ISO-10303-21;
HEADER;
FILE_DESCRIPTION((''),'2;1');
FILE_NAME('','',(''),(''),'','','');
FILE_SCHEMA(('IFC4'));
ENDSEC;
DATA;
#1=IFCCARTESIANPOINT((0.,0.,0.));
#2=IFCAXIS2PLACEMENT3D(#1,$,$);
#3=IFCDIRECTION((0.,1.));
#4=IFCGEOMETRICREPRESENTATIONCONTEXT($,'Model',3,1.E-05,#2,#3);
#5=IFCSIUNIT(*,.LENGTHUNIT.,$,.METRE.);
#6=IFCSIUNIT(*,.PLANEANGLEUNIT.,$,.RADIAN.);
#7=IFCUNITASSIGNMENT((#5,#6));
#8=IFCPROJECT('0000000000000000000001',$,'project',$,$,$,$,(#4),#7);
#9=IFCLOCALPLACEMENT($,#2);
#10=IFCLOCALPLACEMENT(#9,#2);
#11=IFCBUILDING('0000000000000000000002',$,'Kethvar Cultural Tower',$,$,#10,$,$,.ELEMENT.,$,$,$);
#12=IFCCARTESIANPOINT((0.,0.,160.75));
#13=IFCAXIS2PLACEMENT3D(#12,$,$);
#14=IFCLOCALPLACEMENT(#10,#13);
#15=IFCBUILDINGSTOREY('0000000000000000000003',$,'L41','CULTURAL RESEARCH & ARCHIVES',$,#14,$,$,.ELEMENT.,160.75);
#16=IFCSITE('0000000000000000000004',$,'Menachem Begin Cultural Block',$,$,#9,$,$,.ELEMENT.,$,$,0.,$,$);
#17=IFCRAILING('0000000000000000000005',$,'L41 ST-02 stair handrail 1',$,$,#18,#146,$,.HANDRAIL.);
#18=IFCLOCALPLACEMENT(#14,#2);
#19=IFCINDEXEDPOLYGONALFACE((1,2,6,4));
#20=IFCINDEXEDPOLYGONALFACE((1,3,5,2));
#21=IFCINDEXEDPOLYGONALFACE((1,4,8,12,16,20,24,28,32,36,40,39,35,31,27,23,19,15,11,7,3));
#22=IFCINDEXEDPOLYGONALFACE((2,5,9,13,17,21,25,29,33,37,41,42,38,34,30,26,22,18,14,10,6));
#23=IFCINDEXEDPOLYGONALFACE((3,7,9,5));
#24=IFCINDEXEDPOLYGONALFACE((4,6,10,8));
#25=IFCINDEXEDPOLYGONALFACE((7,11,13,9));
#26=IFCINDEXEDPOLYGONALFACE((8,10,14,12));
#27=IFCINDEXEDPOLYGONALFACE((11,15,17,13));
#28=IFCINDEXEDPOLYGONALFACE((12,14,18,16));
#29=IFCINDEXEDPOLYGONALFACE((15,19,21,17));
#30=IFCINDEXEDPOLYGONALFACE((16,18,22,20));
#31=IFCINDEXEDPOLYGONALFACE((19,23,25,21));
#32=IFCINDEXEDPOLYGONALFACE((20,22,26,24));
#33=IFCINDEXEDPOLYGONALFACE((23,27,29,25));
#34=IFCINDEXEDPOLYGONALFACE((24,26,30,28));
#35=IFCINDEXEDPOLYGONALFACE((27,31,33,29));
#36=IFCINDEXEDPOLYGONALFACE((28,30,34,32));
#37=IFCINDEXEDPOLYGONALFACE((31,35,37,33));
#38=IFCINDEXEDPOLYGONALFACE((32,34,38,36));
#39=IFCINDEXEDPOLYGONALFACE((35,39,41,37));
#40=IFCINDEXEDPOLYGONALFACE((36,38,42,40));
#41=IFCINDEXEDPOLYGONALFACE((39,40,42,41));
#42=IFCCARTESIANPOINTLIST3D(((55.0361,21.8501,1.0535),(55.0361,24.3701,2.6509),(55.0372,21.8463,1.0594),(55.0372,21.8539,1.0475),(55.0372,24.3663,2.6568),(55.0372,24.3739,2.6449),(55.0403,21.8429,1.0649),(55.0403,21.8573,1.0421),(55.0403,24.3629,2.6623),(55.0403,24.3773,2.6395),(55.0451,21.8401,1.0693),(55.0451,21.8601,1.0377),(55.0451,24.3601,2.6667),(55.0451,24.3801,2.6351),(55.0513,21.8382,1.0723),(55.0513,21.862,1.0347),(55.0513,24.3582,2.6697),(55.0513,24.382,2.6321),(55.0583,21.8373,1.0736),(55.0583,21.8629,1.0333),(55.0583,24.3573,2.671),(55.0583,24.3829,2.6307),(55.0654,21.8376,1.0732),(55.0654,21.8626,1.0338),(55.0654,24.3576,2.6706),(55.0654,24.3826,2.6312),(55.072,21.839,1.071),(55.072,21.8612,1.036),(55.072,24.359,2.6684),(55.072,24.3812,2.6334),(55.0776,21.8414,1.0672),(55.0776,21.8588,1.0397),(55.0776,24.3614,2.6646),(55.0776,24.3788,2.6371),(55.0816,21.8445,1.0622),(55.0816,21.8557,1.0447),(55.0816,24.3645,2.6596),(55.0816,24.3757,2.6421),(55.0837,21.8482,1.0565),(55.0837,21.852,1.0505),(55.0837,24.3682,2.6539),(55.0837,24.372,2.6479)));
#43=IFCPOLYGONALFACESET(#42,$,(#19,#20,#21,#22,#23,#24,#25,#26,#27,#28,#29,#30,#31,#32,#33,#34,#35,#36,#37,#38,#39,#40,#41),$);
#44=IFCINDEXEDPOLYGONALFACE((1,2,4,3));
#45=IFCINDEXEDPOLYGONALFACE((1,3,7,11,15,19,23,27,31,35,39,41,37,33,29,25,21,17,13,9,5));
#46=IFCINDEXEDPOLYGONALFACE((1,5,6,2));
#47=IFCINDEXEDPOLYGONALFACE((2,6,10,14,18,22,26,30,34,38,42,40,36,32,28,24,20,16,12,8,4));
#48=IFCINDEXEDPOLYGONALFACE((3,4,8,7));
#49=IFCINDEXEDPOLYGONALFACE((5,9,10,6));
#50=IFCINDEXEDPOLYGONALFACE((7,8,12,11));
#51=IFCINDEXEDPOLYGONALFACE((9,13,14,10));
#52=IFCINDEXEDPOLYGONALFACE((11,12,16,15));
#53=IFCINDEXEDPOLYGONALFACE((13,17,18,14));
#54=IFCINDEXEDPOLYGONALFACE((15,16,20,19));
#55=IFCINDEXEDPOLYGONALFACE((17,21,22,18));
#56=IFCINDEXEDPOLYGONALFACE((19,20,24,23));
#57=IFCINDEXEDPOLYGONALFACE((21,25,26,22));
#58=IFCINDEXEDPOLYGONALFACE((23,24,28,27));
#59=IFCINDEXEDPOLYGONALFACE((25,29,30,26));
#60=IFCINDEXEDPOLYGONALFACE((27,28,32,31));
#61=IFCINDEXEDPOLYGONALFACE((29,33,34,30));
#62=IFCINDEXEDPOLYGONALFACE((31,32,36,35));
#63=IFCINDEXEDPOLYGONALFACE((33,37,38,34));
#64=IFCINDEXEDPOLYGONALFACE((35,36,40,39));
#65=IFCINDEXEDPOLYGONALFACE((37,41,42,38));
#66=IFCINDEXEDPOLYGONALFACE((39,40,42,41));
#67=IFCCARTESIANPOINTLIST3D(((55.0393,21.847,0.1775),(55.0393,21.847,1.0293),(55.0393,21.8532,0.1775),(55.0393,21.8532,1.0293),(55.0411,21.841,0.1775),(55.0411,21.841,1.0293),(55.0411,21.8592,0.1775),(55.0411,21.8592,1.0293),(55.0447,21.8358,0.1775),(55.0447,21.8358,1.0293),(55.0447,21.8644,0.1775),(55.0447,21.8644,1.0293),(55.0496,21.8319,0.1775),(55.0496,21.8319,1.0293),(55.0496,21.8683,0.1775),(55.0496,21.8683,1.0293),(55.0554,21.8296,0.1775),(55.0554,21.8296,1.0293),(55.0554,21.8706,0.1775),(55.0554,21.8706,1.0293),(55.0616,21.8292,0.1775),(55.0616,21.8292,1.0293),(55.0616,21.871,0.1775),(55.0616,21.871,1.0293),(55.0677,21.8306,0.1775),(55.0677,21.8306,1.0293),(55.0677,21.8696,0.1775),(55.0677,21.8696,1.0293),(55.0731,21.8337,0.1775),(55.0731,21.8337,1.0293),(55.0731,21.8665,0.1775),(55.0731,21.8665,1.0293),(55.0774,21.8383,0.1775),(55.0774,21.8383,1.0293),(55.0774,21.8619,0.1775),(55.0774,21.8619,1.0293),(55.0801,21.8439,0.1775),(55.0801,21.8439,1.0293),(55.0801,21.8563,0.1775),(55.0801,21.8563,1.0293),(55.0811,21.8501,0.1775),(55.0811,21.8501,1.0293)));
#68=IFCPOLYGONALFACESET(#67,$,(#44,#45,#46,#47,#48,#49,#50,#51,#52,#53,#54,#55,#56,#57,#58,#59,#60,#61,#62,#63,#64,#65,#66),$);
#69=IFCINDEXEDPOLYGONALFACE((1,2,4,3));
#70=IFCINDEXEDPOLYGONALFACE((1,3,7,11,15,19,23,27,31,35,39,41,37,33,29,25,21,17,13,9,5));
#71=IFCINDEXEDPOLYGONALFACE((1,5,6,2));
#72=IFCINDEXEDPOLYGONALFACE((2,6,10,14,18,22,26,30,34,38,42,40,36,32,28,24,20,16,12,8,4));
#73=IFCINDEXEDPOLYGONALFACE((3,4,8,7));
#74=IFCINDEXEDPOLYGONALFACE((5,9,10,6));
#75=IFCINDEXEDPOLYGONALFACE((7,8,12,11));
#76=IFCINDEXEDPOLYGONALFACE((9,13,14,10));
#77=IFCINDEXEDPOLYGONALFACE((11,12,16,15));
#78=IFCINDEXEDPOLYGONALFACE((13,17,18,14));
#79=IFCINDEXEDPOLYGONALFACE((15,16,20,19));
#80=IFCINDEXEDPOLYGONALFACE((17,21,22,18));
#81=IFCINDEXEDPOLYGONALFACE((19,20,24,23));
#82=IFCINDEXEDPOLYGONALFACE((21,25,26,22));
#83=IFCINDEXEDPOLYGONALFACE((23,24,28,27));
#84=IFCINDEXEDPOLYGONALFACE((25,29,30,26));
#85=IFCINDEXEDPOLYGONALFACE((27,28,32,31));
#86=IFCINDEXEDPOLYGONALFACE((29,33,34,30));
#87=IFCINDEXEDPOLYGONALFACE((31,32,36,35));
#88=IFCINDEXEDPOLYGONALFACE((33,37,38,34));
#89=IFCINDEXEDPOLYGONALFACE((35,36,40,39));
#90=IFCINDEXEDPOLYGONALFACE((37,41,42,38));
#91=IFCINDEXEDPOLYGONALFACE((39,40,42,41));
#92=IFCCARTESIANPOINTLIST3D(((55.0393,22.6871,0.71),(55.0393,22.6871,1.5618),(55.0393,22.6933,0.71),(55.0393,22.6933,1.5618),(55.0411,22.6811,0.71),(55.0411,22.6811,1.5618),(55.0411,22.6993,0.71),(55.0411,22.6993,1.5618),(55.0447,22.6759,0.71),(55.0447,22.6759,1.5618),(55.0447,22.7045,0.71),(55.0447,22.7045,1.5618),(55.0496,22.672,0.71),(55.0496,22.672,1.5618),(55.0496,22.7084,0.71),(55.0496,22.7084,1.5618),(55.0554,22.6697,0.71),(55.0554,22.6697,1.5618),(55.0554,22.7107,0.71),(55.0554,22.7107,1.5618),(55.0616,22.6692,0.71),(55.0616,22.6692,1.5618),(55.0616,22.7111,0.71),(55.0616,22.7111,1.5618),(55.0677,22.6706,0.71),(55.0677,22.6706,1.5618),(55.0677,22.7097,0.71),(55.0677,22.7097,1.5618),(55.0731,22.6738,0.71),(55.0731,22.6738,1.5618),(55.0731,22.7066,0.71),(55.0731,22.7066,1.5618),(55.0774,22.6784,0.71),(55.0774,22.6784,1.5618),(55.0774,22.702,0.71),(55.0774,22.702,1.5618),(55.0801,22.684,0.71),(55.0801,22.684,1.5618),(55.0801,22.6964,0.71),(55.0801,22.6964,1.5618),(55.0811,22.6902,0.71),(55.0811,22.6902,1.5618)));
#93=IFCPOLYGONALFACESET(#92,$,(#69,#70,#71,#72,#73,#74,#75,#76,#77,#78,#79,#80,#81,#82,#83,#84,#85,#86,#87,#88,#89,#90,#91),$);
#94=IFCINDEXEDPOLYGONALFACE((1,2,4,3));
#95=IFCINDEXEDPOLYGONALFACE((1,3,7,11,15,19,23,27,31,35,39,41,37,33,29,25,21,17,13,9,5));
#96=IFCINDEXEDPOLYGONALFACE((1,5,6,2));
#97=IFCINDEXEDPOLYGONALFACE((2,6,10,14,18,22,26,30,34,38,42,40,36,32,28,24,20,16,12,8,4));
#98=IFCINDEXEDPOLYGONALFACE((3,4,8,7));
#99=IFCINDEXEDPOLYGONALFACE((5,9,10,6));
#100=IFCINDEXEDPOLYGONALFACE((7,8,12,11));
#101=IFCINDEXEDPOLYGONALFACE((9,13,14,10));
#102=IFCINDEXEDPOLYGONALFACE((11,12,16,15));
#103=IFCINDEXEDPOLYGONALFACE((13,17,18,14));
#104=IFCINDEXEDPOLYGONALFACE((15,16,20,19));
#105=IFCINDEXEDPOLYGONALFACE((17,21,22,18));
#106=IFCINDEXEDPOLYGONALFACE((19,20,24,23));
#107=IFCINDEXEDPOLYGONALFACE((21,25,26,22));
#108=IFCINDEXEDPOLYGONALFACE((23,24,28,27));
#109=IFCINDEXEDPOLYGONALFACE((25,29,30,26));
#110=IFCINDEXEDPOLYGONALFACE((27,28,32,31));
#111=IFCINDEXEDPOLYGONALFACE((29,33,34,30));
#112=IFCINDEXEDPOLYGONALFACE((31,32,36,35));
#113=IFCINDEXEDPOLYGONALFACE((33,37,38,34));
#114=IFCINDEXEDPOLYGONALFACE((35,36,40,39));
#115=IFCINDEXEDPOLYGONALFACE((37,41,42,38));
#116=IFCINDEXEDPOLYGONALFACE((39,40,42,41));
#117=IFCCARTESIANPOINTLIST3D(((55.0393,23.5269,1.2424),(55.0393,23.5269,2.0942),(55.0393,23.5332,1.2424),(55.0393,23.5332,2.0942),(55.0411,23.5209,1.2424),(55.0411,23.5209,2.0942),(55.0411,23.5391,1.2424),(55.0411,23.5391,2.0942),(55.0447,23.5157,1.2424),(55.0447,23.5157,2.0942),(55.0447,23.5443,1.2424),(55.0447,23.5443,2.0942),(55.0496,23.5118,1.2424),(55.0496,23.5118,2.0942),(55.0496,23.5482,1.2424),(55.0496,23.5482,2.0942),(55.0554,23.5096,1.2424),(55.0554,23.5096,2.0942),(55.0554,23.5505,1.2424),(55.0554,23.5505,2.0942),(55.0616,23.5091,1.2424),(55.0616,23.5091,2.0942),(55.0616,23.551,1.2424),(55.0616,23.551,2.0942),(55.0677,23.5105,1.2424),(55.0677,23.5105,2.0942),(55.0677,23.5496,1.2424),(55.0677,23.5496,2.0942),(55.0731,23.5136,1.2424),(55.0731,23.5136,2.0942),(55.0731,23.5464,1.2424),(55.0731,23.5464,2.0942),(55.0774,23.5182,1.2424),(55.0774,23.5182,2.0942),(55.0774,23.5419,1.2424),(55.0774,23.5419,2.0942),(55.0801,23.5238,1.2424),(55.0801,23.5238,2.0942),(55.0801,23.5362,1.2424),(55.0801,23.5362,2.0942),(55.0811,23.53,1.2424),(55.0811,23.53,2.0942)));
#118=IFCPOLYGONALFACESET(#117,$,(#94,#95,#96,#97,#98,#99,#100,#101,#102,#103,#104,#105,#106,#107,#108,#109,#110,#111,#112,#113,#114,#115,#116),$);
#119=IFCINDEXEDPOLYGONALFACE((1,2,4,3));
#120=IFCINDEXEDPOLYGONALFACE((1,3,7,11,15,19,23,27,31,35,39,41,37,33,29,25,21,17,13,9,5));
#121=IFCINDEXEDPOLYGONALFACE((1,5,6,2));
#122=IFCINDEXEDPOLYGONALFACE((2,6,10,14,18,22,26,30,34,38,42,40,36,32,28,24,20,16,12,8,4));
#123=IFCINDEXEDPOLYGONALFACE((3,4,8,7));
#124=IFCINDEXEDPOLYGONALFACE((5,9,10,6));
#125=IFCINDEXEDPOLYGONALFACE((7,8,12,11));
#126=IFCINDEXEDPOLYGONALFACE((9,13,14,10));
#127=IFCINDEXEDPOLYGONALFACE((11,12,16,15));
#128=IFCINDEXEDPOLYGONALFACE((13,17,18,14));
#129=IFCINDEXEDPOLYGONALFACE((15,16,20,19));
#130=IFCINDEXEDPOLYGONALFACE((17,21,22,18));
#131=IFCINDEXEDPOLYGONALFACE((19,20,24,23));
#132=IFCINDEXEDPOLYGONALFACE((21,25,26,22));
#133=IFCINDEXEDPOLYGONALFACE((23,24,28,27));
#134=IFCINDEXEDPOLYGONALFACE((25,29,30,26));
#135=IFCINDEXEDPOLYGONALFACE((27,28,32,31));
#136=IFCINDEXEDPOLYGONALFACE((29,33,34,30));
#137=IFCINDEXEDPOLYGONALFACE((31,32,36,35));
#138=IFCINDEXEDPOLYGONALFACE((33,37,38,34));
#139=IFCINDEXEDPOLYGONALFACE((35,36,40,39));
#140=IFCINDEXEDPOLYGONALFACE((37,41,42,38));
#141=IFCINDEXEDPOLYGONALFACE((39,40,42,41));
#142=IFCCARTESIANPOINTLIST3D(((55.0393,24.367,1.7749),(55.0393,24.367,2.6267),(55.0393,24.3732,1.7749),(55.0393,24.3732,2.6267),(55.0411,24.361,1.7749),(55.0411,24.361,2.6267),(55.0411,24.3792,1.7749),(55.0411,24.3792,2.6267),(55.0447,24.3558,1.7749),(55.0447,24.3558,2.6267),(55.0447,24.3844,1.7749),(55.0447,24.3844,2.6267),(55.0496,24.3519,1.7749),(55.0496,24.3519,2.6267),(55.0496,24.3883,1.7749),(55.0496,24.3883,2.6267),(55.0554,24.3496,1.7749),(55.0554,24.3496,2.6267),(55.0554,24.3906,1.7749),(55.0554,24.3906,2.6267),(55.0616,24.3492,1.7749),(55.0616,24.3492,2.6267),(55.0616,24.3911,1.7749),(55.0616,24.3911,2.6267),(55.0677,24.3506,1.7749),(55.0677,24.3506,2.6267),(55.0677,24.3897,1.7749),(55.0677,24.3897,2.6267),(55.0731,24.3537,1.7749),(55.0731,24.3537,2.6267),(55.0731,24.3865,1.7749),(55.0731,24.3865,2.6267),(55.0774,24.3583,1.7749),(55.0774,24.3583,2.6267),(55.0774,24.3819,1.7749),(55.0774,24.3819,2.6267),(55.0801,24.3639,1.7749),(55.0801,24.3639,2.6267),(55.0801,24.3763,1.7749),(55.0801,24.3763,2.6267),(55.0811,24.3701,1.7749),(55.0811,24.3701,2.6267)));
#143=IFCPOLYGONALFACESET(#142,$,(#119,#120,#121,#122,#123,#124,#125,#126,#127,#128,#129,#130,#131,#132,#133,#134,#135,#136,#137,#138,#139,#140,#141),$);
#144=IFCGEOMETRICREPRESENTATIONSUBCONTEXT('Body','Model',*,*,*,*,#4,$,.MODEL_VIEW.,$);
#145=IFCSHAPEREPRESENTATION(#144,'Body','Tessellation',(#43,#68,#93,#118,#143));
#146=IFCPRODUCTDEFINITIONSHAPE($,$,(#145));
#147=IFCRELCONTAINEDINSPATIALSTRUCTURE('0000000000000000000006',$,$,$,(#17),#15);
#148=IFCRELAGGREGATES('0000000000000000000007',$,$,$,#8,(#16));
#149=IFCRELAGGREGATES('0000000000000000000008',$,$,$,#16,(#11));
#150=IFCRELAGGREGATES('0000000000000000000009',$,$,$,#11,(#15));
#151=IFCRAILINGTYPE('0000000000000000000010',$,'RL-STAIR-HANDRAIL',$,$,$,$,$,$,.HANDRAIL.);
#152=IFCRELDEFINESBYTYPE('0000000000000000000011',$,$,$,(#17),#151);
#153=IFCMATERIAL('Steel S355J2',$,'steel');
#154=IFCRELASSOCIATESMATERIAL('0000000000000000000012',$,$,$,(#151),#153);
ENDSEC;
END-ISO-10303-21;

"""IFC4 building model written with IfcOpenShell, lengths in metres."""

from ifc_helpers import new_model, si_unit, direction, frame, origin, origin_2d, place, context, subcontext, project, spatial, circle, extrude, material, type_object, element, save


model = new_model("IFC4")

# Units and contexts
model_context = context("Model", 3, precision=1e-05, world=origin(), true_north=direction((0.0, 1.0)))
body_context = subcontext(model_context, "Body", "Model", "MODEL_VIEW")
ifc_project = project(units=[si_unit("LENGTHUNIT", "METRE"), si_unit("PLANEANGLEUNIT", "RADIAN")], contexts=[model_context])

# Site, building, storey
site_placement = place(None, origin())
site = spatial("IfcSite", under=ifc_project, at=site_placement, Name="Menachem Begin Cultural Block", CompositionType="ELEMENT", RefElevation=0.0)
building_placement = place(site_placement, origin())
building = spatial("IfcBuilding", under=site, at=building_placement, Name="Kethvar Cultural Tower", CompositionType="ELEMENT")
storey_placement = place(building_placement, frame((0.0, 0.0, 160.75)))
storey = spatial("IfcBuildingStorey", under=building, at=storey_placement, Name="L41", Description="CULTURAL RESEARCH & ARCHIVES", CompositionType="ELEMENT", Elevation=160.75)

# Shared definitions
ifc_material_1 = material(Name="Steel S355J2", Category="steel")

# Railing
railing_type_1 = type_object("IfcRailingType", Name="RL-STAIR-HANDRAIL", PredefinedType="HANDRAIL", material=ifc_material_1)
railing_1_placement = place(storey_placement, frame((55.0601, 21.8501, 0.1775)))
element("IfcRailing", 1, at=railing_1_placement, inside=storey, type_object=railing_type_1, Name="L41 ST-02 stair handrail 1", PredefinedType="HANDRAIL", context=body_context, shape_type="SweptSolid", body=[
    extrude(circle(Radius=0.0239, at=origin_2d()), frame((0.0, 0.0, 0.876), z_axis=(0.0, 0.844607, 0.535387), x_axis=(-1.0, 0.0, 0.0)), (0.0, 0.0, 1.0), 2.9836),
    extrude(circle(Radius=0.021, at=origin_2d()), origin(), (0.0, 0.0, 1.0), 0.8518),
    extrude(circle(Radius=0.021, at=origin_2d()), frame((0.0, 0.8401, 0.5325)), (0.0, 0.0, 1.0), 0.8518),
    extrude(circle(Radius=0.021, at=origin_2d()), frame((0.0, 1.6799, 1.0649)), (0.0, 0.0, 1.0), 0.8518),
    extrude(circle(Radius=0.021, at=origin_2d()), frame((0.0, 2.52, 1.5974)), (0.0, 0.0, 1.0), 0.8518),
])

save(model, "model.ifc")
